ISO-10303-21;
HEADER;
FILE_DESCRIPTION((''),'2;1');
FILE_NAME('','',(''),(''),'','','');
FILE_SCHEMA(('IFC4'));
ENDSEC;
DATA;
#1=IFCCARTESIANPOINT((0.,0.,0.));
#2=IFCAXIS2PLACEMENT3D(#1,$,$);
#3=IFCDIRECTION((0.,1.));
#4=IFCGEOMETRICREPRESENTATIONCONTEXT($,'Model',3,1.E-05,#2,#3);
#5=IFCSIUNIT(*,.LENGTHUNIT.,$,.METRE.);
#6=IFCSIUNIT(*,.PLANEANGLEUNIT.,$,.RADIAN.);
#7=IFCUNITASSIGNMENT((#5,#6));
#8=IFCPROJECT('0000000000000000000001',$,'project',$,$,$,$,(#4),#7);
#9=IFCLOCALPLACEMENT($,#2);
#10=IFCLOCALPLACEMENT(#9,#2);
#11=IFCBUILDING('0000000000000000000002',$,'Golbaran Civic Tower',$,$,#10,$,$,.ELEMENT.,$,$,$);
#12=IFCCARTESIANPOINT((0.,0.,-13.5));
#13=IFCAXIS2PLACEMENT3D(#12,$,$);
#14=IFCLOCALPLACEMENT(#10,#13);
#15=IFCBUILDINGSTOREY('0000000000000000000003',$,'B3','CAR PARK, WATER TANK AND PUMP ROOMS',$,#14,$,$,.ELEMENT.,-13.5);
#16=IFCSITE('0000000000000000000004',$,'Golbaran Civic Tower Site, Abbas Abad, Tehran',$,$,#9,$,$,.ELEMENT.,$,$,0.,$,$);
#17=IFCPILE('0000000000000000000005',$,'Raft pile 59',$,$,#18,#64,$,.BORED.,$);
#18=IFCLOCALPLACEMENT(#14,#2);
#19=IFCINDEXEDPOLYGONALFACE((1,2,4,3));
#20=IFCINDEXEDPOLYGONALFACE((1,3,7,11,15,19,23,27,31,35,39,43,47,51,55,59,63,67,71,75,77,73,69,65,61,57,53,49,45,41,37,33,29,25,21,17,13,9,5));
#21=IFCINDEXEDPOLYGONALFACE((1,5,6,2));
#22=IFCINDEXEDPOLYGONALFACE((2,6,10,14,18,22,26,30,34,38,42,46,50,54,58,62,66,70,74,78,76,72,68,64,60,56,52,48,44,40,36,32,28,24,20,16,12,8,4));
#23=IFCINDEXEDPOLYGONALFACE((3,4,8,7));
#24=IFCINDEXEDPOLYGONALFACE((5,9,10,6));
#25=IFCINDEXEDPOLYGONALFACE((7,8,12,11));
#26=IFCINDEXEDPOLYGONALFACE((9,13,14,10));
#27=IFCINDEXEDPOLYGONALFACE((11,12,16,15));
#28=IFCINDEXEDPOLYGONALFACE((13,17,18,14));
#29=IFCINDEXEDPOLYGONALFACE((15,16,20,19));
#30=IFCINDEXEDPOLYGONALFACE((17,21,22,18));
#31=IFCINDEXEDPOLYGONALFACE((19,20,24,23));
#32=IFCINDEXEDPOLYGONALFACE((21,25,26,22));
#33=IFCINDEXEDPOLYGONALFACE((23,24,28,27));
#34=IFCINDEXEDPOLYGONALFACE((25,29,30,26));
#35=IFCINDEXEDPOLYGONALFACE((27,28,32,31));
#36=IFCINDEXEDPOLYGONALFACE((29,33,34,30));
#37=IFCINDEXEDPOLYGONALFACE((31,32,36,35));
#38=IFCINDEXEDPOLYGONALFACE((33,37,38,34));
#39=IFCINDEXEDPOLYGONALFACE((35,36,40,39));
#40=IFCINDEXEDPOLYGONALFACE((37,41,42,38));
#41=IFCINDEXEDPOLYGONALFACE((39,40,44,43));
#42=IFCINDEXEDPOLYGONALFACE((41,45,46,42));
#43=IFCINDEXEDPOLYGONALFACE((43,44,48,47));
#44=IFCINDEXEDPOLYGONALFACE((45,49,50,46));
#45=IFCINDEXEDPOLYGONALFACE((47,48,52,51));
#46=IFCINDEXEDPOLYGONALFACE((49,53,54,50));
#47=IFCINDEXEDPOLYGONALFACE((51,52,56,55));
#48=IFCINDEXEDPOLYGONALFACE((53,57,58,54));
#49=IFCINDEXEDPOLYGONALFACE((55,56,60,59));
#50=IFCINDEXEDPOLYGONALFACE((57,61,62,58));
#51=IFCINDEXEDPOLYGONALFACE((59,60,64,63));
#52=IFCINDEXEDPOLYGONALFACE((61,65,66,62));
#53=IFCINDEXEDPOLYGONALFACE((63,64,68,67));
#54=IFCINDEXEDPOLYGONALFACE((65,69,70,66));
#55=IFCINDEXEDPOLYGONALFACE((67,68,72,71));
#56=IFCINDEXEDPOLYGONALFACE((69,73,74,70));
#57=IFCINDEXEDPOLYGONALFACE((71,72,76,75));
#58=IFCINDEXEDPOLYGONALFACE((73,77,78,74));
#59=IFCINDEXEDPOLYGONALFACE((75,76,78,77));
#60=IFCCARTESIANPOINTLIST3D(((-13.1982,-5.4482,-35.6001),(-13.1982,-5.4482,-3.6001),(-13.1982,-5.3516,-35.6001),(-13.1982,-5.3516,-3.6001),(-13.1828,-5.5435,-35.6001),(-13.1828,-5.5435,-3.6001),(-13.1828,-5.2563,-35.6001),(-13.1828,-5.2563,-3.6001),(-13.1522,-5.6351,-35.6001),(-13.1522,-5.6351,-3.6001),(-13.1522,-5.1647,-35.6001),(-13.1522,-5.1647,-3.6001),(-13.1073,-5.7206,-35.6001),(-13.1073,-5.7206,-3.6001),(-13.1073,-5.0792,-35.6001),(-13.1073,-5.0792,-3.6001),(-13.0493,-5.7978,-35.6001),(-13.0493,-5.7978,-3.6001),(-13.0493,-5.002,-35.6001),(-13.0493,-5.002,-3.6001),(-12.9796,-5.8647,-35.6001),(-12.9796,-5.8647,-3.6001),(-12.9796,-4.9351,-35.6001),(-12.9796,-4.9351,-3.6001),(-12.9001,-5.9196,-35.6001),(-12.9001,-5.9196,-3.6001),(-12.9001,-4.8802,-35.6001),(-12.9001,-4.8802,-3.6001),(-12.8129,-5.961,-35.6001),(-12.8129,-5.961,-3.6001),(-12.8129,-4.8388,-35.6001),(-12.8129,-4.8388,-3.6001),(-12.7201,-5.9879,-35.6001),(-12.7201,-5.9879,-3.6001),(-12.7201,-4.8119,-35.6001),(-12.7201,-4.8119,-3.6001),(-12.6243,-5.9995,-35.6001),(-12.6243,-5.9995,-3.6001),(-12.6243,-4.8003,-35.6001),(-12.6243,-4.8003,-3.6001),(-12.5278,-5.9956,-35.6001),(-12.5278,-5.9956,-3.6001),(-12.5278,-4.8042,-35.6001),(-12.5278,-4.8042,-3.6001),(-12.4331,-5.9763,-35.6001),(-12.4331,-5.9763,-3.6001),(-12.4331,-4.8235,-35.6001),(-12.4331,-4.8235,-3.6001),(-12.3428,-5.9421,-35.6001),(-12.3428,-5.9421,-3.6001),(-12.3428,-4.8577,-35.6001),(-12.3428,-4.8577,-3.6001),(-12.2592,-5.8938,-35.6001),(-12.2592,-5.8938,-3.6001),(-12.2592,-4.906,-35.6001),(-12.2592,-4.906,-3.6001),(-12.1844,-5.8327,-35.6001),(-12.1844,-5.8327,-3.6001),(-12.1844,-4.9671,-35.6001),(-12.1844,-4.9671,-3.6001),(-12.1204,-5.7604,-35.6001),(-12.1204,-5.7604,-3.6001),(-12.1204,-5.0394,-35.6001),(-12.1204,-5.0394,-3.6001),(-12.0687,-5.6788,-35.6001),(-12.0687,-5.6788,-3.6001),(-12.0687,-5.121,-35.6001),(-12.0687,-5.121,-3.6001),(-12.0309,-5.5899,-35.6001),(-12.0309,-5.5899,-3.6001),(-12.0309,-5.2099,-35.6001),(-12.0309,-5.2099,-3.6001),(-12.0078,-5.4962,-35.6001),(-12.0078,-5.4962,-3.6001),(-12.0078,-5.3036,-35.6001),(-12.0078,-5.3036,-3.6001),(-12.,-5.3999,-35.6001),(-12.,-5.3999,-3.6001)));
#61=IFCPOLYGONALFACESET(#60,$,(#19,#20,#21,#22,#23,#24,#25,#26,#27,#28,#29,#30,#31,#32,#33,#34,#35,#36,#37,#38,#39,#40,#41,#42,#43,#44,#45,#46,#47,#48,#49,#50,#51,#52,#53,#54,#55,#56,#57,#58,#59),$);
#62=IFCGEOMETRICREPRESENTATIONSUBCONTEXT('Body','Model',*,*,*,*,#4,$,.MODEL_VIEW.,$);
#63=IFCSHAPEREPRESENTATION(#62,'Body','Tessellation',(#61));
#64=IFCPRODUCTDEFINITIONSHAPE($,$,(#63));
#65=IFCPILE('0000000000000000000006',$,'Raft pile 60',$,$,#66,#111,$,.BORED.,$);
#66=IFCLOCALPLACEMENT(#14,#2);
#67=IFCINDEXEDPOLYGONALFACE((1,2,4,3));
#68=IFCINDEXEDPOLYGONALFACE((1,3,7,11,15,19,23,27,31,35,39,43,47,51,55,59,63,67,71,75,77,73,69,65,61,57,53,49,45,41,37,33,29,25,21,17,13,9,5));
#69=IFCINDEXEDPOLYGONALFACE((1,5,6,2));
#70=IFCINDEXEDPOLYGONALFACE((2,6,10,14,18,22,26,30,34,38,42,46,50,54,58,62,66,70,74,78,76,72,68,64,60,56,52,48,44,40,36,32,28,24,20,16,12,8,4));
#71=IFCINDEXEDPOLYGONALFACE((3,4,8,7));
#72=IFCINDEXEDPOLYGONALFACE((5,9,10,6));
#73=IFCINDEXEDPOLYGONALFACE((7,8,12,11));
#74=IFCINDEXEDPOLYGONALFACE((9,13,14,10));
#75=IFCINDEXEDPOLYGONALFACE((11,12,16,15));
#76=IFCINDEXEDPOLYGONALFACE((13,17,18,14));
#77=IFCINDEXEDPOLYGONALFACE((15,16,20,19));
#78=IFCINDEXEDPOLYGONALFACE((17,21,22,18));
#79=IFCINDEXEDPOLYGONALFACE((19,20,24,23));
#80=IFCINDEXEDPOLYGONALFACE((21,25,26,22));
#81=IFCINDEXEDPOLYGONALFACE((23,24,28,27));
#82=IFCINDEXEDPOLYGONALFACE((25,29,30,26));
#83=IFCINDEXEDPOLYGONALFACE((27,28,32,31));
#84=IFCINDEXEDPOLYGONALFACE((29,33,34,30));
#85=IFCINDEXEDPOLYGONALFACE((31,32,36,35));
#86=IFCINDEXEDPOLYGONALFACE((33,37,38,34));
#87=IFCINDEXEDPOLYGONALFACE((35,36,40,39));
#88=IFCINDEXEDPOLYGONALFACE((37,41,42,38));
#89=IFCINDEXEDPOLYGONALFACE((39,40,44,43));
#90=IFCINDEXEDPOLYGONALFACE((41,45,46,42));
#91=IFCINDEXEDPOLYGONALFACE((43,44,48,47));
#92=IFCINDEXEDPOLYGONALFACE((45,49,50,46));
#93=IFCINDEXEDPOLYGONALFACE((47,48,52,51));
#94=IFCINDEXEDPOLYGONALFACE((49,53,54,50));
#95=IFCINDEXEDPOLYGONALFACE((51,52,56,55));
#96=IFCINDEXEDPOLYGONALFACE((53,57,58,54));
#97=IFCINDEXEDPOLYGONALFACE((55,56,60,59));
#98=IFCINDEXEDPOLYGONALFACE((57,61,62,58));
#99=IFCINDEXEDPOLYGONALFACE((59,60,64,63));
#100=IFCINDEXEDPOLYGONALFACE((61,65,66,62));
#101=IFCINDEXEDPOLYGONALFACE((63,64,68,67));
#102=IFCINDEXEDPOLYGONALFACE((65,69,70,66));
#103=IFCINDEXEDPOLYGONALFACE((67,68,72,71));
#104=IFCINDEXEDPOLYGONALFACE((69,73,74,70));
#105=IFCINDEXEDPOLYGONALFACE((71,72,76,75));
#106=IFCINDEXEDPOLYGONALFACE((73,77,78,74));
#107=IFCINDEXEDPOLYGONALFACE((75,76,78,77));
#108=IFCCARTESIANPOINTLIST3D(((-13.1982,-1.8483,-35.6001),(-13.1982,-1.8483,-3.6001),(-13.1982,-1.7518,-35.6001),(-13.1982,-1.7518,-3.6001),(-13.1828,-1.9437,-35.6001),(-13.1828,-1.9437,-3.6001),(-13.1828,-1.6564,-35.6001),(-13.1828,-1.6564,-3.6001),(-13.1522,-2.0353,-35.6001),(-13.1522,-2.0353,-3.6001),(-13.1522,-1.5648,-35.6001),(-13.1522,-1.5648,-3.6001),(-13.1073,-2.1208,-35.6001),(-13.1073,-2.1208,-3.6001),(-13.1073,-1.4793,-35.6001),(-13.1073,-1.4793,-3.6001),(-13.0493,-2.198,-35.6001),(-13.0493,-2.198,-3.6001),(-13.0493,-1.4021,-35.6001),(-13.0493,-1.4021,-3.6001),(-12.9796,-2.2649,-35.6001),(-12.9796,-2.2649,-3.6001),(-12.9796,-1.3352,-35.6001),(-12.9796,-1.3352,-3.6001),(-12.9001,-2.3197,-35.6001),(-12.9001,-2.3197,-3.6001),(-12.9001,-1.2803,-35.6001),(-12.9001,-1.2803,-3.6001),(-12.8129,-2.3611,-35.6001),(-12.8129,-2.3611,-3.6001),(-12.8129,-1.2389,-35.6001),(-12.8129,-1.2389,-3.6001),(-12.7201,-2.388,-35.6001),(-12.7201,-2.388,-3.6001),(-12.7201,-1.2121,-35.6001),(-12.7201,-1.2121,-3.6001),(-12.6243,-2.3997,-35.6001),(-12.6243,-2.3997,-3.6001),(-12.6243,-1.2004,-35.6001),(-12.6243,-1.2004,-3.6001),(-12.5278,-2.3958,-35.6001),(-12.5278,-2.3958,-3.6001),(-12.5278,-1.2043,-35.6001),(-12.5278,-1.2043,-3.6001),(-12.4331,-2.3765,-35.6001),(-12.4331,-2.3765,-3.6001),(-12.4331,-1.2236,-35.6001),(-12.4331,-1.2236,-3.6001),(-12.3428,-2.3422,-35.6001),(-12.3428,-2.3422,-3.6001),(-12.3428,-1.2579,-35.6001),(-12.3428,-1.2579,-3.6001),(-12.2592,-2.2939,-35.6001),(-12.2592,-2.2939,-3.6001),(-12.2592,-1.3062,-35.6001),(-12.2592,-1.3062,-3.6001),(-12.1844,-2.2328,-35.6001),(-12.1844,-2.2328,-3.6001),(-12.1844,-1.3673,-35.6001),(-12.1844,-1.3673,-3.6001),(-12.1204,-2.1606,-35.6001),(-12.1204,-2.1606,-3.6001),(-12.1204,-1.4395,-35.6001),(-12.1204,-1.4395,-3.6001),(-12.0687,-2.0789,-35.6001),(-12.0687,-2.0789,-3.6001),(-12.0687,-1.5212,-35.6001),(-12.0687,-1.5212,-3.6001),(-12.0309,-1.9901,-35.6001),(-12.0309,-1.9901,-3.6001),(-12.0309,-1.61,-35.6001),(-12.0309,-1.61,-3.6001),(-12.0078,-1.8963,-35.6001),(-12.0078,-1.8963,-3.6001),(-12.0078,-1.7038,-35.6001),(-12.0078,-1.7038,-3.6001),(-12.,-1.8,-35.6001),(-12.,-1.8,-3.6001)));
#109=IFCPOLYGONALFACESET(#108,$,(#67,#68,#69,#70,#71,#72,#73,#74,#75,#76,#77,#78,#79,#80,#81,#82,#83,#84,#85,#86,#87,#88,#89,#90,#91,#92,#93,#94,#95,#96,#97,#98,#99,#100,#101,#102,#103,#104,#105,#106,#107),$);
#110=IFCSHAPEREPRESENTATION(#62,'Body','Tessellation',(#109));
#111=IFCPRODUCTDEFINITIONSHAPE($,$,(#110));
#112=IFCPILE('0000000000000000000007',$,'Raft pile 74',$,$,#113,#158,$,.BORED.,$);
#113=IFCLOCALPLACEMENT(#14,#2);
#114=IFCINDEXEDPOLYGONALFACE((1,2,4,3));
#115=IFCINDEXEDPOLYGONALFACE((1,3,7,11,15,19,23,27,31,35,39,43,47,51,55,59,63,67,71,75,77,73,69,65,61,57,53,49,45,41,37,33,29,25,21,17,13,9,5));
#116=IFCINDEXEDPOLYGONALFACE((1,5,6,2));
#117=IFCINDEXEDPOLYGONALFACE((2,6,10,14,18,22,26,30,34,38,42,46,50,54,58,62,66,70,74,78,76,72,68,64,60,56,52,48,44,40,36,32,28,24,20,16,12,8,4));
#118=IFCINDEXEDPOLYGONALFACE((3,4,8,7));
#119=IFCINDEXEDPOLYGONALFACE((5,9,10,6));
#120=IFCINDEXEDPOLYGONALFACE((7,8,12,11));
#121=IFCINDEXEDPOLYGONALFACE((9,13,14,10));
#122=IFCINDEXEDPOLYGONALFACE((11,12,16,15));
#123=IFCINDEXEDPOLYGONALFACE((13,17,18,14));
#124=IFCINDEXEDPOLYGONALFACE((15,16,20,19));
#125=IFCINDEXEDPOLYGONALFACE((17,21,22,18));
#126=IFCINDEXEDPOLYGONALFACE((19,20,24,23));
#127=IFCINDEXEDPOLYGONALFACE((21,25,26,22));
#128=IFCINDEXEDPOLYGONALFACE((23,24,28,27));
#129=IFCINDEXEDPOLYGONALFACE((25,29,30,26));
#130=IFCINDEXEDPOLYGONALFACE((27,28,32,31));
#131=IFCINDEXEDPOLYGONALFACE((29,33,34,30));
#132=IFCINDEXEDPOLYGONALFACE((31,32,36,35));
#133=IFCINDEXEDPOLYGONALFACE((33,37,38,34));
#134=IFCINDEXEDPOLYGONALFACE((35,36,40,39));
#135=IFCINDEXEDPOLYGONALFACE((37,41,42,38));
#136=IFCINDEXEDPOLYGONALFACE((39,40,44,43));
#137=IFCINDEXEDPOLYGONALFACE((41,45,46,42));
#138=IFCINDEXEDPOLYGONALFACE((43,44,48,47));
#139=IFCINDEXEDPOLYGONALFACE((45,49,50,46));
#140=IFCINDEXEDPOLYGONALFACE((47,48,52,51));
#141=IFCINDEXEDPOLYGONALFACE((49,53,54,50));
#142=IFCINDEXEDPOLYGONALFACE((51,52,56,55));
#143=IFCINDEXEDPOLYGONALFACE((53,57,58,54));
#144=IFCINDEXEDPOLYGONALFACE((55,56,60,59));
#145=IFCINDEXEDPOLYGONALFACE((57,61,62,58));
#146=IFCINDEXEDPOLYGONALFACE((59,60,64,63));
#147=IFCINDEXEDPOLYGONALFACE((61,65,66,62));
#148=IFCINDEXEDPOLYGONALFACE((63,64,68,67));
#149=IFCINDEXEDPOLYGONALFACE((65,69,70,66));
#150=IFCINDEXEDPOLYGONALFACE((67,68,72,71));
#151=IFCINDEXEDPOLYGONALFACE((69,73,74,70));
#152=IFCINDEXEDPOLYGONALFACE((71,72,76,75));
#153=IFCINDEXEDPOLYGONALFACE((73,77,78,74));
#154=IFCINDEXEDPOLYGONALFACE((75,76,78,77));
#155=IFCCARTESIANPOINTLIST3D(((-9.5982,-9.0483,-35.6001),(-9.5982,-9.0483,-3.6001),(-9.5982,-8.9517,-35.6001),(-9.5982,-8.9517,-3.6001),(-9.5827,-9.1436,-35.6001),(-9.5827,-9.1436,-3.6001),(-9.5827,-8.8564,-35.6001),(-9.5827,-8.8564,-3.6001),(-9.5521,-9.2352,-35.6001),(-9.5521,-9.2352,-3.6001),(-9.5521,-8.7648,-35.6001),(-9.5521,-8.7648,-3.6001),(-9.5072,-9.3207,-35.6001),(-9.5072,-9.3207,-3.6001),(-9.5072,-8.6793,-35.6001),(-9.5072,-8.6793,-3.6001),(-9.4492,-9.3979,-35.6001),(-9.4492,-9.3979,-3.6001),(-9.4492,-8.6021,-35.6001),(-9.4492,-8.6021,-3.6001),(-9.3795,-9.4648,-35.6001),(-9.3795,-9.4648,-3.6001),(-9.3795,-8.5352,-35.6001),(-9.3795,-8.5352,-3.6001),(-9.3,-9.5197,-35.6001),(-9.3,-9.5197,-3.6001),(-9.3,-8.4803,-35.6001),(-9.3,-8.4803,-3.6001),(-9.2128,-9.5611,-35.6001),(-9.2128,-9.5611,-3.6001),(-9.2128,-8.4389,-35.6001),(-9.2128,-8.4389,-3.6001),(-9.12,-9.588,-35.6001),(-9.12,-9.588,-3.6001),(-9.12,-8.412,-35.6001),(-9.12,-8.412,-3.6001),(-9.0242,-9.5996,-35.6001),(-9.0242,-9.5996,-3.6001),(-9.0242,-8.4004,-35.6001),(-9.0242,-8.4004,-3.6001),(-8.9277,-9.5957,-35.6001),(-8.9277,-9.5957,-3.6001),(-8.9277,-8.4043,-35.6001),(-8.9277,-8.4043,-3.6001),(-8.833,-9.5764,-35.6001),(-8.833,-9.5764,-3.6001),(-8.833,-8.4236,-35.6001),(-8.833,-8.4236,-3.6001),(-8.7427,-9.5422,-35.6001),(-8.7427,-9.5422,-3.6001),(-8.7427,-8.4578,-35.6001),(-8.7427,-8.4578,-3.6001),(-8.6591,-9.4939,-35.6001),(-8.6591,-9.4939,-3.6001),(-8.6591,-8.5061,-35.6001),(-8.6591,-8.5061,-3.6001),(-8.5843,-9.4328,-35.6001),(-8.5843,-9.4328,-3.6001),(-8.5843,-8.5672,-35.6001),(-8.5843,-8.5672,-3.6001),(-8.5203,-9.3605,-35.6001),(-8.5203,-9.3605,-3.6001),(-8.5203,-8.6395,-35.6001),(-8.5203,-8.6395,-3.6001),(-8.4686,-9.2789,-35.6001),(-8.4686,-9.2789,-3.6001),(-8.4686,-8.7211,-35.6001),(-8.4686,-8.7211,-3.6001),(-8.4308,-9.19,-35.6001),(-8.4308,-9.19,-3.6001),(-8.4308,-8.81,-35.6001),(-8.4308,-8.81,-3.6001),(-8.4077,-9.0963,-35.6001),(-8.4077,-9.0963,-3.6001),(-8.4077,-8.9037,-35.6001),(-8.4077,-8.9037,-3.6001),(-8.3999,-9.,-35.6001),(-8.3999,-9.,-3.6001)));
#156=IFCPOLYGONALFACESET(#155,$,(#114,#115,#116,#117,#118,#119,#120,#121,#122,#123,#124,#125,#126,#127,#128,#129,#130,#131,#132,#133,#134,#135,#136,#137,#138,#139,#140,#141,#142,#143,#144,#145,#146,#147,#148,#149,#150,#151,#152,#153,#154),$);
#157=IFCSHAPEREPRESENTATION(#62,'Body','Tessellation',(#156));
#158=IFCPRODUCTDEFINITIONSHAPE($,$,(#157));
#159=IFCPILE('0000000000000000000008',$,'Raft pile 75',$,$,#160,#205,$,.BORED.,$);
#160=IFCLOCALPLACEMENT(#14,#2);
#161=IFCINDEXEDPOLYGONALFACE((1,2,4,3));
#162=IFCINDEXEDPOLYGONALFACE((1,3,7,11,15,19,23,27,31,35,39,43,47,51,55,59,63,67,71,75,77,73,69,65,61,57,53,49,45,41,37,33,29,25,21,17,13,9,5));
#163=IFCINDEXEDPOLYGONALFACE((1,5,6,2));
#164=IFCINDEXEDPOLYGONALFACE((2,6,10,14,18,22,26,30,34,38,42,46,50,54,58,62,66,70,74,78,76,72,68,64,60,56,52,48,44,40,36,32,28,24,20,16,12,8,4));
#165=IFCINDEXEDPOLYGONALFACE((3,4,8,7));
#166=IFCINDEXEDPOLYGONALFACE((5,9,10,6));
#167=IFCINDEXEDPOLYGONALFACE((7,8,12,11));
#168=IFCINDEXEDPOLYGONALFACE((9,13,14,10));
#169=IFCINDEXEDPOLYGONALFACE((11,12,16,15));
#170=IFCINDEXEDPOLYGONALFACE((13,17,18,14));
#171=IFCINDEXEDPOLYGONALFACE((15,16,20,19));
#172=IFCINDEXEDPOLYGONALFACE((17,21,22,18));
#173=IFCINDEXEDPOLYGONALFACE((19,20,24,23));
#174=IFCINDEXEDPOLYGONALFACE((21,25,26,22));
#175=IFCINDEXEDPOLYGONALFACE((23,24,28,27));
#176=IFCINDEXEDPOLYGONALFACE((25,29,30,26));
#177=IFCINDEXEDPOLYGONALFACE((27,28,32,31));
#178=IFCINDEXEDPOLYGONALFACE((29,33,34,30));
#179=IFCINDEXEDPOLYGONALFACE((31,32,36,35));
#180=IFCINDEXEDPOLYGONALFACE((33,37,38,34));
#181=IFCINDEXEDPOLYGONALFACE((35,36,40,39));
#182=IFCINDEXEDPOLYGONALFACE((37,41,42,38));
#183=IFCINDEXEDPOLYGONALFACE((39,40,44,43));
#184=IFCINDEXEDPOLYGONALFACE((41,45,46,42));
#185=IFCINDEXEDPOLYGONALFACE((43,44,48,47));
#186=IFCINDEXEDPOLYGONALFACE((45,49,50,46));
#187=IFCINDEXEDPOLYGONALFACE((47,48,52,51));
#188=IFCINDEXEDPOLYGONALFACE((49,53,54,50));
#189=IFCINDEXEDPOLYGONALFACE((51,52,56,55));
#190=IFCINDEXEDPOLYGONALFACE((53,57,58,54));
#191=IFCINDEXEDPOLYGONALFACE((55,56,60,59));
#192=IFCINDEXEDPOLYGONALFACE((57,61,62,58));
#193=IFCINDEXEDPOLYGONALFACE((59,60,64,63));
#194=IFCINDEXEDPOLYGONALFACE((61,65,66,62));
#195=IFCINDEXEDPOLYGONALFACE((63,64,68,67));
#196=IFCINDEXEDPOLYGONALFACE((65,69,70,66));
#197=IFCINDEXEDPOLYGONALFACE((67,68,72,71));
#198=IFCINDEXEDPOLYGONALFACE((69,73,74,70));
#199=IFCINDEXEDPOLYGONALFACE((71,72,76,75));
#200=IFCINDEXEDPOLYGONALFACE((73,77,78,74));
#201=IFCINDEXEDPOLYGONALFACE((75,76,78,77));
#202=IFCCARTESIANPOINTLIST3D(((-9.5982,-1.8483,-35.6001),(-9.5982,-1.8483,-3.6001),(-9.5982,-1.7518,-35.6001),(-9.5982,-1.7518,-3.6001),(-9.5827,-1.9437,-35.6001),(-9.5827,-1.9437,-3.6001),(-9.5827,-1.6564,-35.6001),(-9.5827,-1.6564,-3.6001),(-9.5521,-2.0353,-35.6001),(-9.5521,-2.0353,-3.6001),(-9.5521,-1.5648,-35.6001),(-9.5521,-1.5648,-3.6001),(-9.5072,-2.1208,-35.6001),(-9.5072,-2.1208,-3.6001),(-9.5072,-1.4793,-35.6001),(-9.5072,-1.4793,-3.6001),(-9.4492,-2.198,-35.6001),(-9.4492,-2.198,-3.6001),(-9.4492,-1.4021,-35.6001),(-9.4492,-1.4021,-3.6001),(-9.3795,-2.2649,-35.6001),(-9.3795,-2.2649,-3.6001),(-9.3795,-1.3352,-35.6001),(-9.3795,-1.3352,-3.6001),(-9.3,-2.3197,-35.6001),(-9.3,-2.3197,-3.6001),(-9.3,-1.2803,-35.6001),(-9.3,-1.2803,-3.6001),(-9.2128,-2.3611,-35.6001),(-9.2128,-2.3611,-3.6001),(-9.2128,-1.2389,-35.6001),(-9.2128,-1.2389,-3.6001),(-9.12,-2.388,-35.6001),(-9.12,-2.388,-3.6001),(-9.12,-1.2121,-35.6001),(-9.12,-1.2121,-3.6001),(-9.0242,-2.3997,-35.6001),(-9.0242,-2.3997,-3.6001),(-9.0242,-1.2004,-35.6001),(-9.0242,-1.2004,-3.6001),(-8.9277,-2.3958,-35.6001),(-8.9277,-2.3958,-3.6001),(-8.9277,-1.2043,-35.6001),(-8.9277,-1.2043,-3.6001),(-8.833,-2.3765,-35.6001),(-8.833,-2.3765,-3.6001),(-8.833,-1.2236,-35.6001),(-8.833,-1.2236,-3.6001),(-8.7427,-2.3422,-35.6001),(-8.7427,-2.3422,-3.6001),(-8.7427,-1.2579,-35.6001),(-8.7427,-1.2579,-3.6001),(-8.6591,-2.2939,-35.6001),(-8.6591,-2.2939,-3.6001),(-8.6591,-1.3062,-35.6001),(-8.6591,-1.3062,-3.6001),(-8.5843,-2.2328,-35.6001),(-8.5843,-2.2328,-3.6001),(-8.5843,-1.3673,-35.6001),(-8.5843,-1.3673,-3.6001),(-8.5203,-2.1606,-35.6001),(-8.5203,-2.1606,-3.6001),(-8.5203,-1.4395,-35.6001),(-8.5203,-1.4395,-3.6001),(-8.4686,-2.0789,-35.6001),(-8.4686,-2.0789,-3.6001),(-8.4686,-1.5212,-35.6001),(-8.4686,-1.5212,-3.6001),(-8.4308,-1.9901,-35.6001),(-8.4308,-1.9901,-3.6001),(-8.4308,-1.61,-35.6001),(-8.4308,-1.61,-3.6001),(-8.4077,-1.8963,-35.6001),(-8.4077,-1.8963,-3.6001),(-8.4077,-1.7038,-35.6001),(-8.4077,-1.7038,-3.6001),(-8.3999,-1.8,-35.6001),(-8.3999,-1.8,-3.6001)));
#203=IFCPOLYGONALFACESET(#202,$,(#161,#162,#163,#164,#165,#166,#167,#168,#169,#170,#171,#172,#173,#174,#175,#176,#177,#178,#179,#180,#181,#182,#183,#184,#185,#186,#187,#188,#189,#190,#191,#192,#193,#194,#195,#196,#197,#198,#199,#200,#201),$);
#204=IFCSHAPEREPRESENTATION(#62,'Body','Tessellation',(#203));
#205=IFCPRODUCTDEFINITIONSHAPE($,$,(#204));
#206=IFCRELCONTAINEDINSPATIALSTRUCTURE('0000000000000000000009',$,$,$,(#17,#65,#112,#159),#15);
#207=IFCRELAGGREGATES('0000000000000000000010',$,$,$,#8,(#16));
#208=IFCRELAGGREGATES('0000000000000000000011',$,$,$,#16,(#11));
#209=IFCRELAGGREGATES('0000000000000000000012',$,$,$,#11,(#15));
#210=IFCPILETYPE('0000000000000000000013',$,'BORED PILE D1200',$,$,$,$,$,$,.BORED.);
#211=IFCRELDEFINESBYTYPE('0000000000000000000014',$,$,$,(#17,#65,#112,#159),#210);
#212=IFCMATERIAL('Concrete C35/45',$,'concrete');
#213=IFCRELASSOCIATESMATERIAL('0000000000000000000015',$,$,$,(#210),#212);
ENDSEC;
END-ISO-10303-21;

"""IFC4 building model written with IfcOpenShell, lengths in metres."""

from ifc_helpers import new_model, si_unit, direction, frame, origin, origin_2d, place, context, subcontext, project, spatial, circle, extrude, material, material_profile, profile_set, type_object, element, save


model = new_model("IFC4")

# Units and contexts
model_context = context("Model", 3, precision=1e-05, world=origin(), true_north=direction((0.0, 1.0)))
body_context = subcontext(model_context, "Body", "Model", "MODEL_VIEW")
ifc_project = project(units=[si_unit("LENGTHUNIT", "METRE"), si_unit("PLANEANGLEUNIT", "RADIAN")], contexts=[model_context])

# Site, building, storey
site_placement = place(None, origin())
site = spatial("IfcSite", under=ifc_project, at=site_placement, Name="Golbaran Civic Tower Site, Abbas Abad, Tehran", CompositionType="ELEMENT", RefElevation=0.0)
building_placement = place(site_placement, origin())
building = spatial("IfcBuilding", under=site, at=building_placement, Name="Golbaran Civic Tower", CompositionType="ELEMENT")
storey_placement = place(building_placement, frame((0.0, 0.0, -13.5)))
storey = spatial("IfcBuildingStorey", under=building, at=storey_placement, Name="B3", Description="CAR PARK, WATER TANK AND PUMP ROOMS", CompositionType="ELEMENT", Elevation=-13.5)

# Piles
ifc_material_1 = material(Name="Concrete C35/45", Category="concrete")
ifc_material_profile_1 = material_profile(ifc_material_1, circle(Radius=0.6001, at=origin_2d()), Name="BORED PILE D1200")
ifc_profile_set_1 = profile_set([ifc_material_profile_1], Name="Concrete C35/45")
pile_type = type_object("IfcPileType", Name="BORED PILE D1200", PredefinedType="BORED", material=ifc_profile_set_1)
for number, where, z_axis, x_axis, name in (
    (1, (-12.6001, -5.3999, -3.6001), (0.0, 0.0, -1.0), (1.0, 0.0, 0.0), "Raft pile 59"),
    (2, (-12.6001, -1.8, -3.6001), (0.0, 0.0, -1.0), (1.0, 0.0, 0.0), "Raft pile 60"),
    (3, (-9.0, -9.0, -3.6001), (0.0, 0.0, -1.0), (1.0, 0.0, 0.0), "Raft pile 74"),
    (4, (-9.0, -1.8, -3.6001), (0.0, 0.0, -1.0), (1.0, 0.0, 0.0), "Raft pile 75"),
):
    element("IfcPile", number, at=place(storey_placement, frame(where, z_axis=z_axis, x_axis=x_axis)), inside=storey, type_object=pile_type, Name=name, PredefinedType="BORED", context=body_context, shape_type="SweptSolid", body=[
        extrude(circle(Radius=0.6001, at=origin_2d()), origin(), (0.0, 0.0, 1.0), 32.0),
    ])

save(model, "model.ifc")
